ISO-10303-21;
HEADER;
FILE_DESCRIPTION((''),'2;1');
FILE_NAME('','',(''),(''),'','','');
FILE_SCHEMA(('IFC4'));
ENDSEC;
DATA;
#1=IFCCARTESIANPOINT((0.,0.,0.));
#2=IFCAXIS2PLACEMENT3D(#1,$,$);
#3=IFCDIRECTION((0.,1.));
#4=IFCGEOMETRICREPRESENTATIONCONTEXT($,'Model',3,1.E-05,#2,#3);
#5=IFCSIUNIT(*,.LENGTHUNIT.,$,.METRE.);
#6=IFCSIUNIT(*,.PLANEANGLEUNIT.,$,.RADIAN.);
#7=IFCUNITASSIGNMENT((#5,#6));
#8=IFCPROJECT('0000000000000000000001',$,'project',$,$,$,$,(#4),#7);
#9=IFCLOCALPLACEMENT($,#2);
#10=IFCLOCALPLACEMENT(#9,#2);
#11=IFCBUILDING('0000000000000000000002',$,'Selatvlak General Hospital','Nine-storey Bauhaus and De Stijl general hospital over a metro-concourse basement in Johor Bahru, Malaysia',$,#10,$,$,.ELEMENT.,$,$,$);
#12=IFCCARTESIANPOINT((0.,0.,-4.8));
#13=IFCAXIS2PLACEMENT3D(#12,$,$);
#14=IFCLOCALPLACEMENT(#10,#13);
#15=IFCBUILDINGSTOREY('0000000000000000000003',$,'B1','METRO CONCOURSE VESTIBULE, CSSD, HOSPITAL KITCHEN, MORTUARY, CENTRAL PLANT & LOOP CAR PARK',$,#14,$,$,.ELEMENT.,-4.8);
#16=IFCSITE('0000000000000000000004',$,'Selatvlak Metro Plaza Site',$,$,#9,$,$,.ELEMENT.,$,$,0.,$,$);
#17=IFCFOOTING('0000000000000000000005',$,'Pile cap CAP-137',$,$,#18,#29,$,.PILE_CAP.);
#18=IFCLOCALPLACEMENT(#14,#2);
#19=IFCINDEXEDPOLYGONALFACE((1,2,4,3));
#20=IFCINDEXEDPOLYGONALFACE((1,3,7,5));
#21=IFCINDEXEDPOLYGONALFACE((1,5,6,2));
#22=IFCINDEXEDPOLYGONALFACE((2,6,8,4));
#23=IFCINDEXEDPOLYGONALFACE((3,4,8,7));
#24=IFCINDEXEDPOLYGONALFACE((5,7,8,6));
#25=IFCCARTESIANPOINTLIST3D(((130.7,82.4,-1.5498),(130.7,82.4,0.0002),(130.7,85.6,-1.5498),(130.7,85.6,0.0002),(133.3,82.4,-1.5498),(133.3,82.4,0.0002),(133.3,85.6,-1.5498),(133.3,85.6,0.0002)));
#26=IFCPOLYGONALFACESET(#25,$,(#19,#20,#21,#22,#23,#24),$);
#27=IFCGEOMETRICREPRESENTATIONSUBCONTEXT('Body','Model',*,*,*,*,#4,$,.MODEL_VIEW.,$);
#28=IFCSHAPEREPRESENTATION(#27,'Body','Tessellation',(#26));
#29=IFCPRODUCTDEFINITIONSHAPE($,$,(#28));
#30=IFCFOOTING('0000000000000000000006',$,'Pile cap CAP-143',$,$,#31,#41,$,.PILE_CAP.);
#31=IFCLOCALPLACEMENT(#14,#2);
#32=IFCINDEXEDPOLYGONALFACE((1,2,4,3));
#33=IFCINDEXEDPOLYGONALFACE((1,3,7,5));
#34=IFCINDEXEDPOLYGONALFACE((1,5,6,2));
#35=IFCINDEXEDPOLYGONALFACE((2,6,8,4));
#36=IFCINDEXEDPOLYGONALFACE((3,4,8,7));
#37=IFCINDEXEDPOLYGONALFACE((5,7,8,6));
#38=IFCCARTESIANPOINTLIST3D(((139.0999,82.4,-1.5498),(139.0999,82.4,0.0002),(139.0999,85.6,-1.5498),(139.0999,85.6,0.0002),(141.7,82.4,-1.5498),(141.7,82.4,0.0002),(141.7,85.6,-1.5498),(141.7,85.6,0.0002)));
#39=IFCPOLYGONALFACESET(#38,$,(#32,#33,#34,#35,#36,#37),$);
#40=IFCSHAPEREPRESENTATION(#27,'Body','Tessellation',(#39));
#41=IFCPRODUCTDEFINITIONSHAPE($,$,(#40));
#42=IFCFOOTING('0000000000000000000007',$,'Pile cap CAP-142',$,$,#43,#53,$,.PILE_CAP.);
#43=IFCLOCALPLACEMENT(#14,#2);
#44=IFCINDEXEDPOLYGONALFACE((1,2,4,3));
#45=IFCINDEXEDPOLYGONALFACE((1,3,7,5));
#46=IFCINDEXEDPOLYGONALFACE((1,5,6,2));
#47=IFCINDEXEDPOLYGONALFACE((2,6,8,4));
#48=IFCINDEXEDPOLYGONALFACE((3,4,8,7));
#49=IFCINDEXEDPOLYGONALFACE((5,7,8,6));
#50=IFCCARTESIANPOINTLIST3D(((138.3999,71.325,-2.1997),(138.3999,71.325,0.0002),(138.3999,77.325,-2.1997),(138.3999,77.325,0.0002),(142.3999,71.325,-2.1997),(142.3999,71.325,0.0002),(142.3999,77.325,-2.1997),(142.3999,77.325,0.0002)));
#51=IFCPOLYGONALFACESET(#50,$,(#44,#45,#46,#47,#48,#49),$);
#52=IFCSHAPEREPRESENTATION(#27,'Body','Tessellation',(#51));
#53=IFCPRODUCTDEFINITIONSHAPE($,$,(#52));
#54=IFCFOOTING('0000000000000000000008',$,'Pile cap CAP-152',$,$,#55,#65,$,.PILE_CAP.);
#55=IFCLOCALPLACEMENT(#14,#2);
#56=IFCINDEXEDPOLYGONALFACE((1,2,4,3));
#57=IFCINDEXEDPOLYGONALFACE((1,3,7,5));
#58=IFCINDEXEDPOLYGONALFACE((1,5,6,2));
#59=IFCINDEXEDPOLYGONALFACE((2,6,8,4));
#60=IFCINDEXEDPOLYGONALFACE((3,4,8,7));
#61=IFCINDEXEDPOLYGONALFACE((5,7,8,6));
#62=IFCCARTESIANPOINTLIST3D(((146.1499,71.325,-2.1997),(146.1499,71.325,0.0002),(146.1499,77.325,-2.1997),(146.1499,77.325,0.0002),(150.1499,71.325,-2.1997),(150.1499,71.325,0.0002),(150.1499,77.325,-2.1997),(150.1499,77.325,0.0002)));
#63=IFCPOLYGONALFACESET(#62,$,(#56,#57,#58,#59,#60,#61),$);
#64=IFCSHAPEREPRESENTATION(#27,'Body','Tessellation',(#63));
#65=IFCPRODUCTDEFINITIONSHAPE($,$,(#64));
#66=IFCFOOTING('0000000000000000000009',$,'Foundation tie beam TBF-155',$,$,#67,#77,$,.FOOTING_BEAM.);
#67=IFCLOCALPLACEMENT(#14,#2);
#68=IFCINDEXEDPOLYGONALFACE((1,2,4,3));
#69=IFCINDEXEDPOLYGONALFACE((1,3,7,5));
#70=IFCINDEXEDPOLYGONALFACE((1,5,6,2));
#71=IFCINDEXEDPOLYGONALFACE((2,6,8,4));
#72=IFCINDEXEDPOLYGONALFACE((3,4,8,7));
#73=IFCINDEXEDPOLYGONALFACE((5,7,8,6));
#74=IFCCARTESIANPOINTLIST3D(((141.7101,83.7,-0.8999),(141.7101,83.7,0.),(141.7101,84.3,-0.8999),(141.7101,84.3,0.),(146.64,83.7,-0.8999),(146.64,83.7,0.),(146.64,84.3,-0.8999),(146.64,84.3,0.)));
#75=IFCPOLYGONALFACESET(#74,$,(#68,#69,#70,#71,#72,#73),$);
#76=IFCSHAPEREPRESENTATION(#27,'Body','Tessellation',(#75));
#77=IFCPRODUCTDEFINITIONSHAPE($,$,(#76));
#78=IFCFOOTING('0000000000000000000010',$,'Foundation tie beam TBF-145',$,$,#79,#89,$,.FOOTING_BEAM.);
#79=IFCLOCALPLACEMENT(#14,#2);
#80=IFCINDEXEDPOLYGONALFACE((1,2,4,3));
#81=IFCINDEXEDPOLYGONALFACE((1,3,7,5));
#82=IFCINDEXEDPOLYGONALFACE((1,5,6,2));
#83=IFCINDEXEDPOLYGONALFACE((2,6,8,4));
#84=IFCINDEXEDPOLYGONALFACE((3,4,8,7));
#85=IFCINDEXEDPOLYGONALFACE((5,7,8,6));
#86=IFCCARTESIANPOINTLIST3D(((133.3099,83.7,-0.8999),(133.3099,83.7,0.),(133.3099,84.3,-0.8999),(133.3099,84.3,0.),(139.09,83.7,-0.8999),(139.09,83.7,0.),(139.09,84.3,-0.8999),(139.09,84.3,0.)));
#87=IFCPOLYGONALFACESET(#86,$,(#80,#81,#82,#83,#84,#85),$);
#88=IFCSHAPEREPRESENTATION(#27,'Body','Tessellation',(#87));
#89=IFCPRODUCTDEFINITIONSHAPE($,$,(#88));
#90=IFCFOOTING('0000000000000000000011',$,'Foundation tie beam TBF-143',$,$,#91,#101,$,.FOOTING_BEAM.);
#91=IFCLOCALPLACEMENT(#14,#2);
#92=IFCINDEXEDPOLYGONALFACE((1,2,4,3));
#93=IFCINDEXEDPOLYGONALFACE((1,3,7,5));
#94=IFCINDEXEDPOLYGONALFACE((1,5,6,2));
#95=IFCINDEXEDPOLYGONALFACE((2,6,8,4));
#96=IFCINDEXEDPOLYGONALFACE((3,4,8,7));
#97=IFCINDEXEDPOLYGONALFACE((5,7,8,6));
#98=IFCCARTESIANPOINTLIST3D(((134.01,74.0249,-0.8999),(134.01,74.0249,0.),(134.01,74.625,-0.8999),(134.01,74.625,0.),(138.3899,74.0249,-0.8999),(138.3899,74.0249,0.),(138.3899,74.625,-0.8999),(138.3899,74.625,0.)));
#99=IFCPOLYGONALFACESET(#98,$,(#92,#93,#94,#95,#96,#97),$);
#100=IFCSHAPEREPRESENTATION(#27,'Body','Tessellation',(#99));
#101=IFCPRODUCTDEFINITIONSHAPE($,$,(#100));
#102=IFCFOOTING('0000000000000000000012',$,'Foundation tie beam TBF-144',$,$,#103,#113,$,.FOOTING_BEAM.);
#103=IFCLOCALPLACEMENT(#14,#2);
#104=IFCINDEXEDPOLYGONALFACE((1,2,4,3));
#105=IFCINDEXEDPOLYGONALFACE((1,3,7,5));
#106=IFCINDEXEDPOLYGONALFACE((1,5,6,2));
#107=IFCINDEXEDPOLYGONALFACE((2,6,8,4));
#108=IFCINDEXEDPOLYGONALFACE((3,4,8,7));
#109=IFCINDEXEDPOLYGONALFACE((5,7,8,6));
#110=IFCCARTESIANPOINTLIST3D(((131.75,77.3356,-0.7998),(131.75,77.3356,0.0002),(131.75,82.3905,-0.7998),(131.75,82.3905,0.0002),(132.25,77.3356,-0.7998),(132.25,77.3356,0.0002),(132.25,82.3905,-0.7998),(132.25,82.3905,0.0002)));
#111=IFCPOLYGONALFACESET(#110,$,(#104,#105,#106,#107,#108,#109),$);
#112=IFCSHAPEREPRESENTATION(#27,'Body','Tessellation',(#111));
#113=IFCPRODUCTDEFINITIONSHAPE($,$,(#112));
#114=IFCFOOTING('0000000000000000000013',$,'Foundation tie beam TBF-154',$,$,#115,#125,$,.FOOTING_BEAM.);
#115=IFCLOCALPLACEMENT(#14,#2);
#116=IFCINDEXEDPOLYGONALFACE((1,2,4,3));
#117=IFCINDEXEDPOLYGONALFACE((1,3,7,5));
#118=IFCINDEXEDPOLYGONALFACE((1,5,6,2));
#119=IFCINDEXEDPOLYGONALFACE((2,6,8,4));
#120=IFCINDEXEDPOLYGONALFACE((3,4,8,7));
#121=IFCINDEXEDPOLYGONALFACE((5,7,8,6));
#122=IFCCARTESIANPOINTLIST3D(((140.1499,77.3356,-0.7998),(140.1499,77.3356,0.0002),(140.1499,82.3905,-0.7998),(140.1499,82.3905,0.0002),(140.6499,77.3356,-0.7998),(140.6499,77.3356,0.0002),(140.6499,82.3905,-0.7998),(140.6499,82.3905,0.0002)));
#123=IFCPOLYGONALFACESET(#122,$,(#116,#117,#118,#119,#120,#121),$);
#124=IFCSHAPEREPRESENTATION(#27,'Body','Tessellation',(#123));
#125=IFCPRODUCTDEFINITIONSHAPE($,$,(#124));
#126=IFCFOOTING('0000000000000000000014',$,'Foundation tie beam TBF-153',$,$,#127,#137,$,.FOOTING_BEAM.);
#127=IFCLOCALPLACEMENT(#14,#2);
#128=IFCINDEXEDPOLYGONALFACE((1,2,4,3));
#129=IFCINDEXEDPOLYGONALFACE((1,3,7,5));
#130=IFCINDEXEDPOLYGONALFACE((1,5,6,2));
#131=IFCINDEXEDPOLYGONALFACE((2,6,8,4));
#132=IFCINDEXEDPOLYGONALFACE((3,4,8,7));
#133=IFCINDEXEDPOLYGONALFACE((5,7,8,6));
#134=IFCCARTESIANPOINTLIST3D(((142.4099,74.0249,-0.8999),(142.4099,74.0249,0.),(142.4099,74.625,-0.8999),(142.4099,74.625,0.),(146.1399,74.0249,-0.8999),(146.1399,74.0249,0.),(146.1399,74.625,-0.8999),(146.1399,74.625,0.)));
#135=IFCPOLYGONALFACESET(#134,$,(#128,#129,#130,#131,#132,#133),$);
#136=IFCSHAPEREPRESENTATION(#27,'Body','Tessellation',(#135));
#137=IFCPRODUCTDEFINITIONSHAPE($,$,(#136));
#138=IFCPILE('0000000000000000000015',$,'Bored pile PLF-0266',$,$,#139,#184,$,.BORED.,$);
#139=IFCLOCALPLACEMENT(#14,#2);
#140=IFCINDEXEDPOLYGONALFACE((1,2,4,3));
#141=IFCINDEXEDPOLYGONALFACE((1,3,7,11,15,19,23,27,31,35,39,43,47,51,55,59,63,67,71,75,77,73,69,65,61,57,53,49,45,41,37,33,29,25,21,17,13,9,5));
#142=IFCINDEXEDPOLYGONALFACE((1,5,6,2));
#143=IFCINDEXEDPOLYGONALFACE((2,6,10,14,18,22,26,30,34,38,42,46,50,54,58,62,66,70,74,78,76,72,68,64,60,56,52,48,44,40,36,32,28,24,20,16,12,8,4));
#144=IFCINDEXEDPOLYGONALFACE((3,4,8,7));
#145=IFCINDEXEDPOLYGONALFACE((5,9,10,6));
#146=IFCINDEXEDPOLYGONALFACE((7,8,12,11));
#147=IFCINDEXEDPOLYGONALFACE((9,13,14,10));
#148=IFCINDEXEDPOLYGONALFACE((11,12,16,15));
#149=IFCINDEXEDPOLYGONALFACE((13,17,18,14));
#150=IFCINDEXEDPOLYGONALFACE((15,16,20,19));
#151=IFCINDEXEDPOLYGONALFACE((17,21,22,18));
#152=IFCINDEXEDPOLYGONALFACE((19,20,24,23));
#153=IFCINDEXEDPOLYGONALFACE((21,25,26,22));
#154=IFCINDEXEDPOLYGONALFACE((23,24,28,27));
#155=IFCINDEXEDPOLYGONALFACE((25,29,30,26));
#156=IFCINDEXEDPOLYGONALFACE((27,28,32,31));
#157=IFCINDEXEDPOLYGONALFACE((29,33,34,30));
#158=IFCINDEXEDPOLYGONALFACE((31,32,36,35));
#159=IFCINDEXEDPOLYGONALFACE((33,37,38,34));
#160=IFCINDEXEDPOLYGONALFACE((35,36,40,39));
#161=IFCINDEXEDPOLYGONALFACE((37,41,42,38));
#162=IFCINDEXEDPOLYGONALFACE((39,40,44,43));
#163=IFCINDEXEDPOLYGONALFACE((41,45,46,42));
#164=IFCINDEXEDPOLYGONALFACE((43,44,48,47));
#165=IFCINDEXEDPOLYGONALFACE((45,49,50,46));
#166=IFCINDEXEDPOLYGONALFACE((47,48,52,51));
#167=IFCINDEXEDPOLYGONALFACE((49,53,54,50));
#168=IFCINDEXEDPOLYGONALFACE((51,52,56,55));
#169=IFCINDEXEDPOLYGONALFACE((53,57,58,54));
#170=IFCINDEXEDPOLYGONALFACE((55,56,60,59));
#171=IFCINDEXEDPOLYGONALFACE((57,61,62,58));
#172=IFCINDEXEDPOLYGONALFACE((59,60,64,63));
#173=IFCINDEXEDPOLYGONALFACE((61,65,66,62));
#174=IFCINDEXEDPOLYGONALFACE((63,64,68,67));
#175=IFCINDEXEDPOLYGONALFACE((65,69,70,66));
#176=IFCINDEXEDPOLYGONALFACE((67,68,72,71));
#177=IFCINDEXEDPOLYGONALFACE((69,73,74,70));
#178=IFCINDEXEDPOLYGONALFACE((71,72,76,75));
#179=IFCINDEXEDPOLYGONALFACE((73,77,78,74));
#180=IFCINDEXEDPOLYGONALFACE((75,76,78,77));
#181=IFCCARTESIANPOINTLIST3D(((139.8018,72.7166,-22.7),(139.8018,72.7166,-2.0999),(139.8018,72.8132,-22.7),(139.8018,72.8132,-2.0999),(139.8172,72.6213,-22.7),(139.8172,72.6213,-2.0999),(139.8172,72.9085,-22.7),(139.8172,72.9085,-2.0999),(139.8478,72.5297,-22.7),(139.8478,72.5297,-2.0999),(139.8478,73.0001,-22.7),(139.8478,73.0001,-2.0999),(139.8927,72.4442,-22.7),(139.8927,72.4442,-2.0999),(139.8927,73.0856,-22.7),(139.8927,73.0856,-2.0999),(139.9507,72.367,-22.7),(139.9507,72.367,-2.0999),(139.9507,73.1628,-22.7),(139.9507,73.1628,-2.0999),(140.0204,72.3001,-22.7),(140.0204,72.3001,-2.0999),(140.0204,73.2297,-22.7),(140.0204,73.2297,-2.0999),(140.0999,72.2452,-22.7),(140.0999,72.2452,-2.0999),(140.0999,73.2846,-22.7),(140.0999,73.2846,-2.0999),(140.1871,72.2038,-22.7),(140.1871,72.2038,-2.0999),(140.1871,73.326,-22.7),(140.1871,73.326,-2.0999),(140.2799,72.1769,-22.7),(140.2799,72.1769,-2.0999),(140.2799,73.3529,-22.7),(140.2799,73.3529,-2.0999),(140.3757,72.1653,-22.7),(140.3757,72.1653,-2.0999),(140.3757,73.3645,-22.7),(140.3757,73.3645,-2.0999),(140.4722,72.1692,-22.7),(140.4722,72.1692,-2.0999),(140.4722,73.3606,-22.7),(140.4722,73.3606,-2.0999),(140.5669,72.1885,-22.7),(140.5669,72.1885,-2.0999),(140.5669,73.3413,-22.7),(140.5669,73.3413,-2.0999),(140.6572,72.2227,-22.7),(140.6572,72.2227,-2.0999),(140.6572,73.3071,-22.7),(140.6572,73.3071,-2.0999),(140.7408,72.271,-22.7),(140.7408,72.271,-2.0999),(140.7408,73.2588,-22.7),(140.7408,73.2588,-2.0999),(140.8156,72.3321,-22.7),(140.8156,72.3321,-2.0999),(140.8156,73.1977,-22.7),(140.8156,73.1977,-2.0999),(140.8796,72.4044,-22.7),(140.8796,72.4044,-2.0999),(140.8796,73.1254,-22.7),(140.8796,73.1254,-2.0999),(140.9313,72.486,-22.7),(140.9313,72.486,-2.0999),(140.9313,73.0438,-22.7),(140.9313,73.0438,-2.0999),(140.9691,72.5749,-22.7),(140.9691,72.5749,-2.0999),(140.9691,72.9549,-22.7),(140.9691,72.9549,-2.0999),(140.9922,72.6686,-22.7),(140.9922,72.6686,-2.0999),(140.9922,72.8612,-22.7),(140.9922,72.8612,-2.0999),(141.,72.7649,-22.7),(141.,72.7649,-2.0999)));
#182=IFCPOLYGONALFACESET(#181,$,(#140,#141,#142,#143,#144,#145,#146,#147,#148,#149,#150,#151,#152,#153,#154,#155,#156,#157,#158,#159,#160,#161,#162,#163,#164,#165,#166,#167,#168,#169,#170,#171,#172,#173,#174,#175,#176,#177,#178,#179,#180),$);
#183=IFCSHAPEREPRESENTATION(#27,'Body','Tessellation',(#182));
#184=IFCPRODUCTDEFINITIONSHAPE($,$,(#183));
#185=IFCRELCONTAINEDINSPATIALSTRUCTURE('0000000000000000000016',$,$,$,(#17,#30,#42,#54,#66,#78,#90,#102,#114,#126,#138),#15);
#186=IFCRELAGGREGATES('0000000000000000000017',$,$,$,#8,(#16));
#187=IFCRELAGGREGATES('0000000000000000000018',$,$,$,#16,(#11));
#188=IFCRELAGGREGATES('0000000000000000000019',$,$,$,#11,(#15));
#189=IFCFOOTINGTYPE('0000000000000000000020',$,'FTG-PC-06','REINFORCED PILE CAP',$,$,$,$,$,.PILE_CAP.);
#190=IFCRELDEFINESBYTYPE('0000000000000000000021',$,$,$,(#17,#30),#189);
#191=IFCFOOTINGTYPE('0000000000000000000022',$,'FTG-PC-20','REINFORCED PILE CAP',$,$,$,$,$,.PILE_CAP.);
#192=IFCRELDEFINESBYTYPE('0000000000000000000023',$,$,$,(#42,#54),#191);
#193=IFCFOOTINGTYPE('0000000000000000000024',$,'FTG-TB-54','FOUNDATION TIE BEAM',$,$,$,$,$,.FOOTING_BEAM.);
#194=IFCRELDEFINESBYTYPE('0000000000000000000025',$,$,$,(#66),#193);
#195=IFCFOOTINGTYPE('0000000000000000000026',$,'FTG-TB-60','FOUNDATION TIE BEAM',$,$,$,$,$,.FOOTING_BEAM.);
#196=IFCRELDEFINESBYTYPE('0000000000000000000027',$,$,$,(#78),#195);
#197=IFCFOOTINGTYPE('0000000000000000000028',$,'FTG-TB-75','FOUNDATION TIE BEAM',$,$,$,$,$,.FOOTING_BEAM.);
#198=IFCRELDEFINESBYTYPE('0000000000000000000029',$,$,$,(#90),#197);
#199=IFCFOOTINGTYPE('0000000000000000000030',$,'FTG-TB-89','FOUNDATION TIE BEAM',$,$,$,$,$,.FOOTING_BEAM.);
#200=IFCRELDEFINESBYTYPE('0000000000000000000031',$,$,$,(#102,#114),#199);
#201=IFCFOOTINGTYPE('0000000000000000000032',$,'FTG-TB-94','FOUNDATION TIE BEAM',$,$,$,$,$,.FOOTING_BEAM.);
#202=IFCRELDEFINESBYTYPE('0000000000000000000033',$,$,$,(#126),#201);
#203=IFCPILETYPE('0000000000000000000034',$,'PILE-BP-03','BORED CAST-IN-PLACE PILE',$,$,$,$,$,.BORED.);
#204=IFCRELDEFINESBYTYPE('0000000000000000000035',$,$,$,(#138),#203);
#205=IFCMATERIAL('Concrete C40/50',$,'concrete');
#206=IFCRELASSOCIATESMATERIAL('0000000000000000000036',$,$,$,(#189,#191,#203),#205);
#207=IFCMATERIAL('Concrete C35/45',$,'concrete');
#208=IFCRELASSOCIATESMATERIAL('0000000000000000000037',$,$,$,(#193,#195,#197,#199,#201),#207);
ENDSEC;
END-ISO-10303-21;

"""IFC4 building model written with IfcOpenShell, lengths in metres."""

from ifc_helpers import new_model, si_unit, direction, frame, origin, origin_2d, place, context, subcontext, project, spatial, rectangle, circle, extrude, material, material_profile, profile_set, type_object, element, save


model = new_model("IFC4")

# Units and contexts
model_context = context("Model", 3, precision=1e-05, world=origin(), true_north=direction((0.0, 1.0)))
body_context = subcontext(model_context, "Body", "Model", "MODEL_VIEW")
ifc_project = project(units=[si_unit("LENGTHUNIT", "METRE"), si_unit("PLANEANGLEUNIT", "RADIAN")], contexts=[model_context])

# Site, building, storey
site_placement = place(None, origin())
site = spatial("IfcSite", under=ifc_project, at=site_placement, Name="Selatvlak Metro Plaza Site", CompositionType="ELEMENT", RefElevation=0.0)
building_placement = place(site_placement, origin())
building = spatial("IfcBuilding", under=site, at=building_placement, Name="Selatvlak General Hospital", Description="Nine-storey Bauhaus and De Stijl general hospital over a metro-concourse basement in Johor Bahru, Malaysia", CompositionType="ELEMENT")
storey_placement = place(building_placement, frame((0.0, 0.0, -4.8)))
storey = spatial("IfcBuildingStorey", under=building, at=storey_placement, Name="B1", Description="METRO CONCOURSE VESTIBULE, CSSD, HOSPITAL KITCHEN, MORTUARY, CENTRAL PLANT & LOOP CAR PARK", CompositionType="ELEMENT", Elevation=-4.8)

# Footings
ifc_material_1 = material(Name="Concrete C40/50", Category="concrete")
footing_type_1 = type_object("IfcFootingType", Name="FTG-PC-06", Description="REINFORCED PILE CAP", PredefinedType="PILE_CAP", material=ifc_material_1)
for number, where, z_axis, x_axis, name in (
    (1, (132.0, 84.0, -1.5498), (0.0, 0.0, 1.0), (1.0, 0.0, 0.0), "Pile cap CAP-137"),
    (2, (140.3999, 84.0, -1.5498), (0.0, 0.0, 1.0), (1.0, 0.0, 0.0), "Pile cap CAP-143"),
):
    element("IfcFooting", number, at=place(storey_placement, frame(where, z_axis=z_axis, x_axis=x_axis)), inside=storey, type_object=footing_type_1, Name=name, PredefinedType="PILE_CAP", context=body_context, shape_type="SweptSolid", body=[
        extrude(rectangle(XDim=2.6001, YDim=3.2, at=origin_2d()), origin(), (0.0, 0.0, 1.0), 1.55),
    ])
footing_type_2 = type_object("IfcFootingType", Name="FTG-PC-20", Description="REINFORCED PILE CAP", PredefinedType="PILE_CAP", material=ifc_material_1)
for number, where, z_axis, x_axis, name in (
    (3, (140.3999, 74.325, -2.1997), (0.0, 0.0, 1.0), (1.0, 0.0, 0.0), "Pile cap CAP-142"),
    (4, (148.1499, 74.325, -2.1997), (0.0, 0.0, 1.0), (1.0, 0.0, 0.0), "Pile cap CAP-152"),
):
    element("IfcFooting", number, at=place(storey_placement, frame(where, z_axis=z_axis, x_axis=x_axis)), inside=storey, type_object=footing_type_2, Name=name, PredefinedType="PILE_CAP", context=body_context, shape_type="SweptSolid", body=[
        extrude(rectangle(XDim=4.0, YDim=6.0, at=origin_2d()), origin(), (0.0, 0.0, 1.0), 2.2),
    ])
ifc_material_2 = material(Name="Concrete C35/45", Category="concrete")
footing_type_3 = type_object("IfcFootingType", Name="FTG-TB-54", Description="FOUNDATION TIE BEAM", PredefinedType="FOOTING_BEAM", material=ifc_material_2)
footing_1_placement = place(storey_placement, frame((144.175, 84.0, -0.8999), z_axis=(0.0, 0.0, 1.0), x_axis=(1.0, 0.0, 0.0)))
element("IfcFooting", 5, at=footing_1_placement, inside=storey, type_object=footing_type_3, Name="Foundation tie beam TBF-155", PredefinedType="FOOTING_BEAM", context=body_context, shape_type="SweptSolid", body=[
    extrude(rectangle(XDim=4.9299, YDim=0.6001, at=origin_2d()), origin(), (0.0, 0.0, 1.0), 0.8999),
])
footing_type_4 = type_object("IfcFootingType", Name="FTG-TB-60", Description="FOUNDATION TIE BEAM", PredefinedType="FOOTING_BEAM", material=ifc_material_2)
footing_2_placement = place(storey_placement, frame((136.2, 84.0, -0.8999), z_axis=(0.0, 0.0, 1.0), x_axis=(1.0, 0.0, 0.0)))
element("IfcFooting", 6, at=footing_2_placement, inside=storey, type_object=footing_type_4, Name="Foundation tie beam TBF-145", PredefinedType="FOOTING_BEAM", context=body_context, shape_type="SweptSolid", body=[
    extrude(rectangle(XDim=5.78, YDim=0.6001, at=origin_2d()), origin(), (0.0, 0.0, 1.0), 0.8999),
])
footing_type_5 = type_object("IfcFootingType", Name="FTG-TB-75", Description="FOUNDATION TIE BEAM", PredefinedType="FOOTING_BEAM", material=ifc_material_2)
footing_3_placement = place(storey_placement, frame((136.2, 74.325, -0.8999), z_axis=(0.0, 0.0, 1.0), x_axis=(1.0, 0.0, 0.0)))
element("IfcFooting", 7, at=footing_3_placement, inside=storey, type_object=footing_type_5, Name="Foundation tie beam TBF-143", PredefinedType="FOOTING_BEAM", context=body_context, shape_type="SweptSolid", body=[
    extrude(rectangle(XDim=4.3799, YDim=0.6001, at=origin_2d()), origin(), (0.0, 0.0, 1.0), 0.8999),
])
footing_type_6 = type_object("IfcFootingType", Name="FTG-TB-89", Description="FOUNDATION TIE BEAM", PredefinedType="FOOTING_BEAM", material=ifc_material_2)
for number, where, z_axis, x_axis, name in (
    (8, (132.0, 79.863, -0.7998), (0.0, 0.0, 1.0), (0.0, 1.0, 0.0), "Foundation tie beam TBF-144"),
    (9, (140.3999, 79.863, -0.7998), (0.0, 0.0, 1.0), (0.0, 1.0, 0.0), "Foundation tie beam TBF-154"),
):
    element("IfcFooting", number, at=place(storey_placement, frame(where, z_axis=z_axis, x_axis=x_axis)), inside=storey, type_object=footing_type_6, Name=name, PredefinedType="FOOTING_BEAM", context=body_context, shape_type="SweptSolid", body=[
        extrude(rectangle(XDim=5.0549, YDim=0.5, at=origin_2d()), origin(), (0.0, 0.0, 1.0), 0.8),
    ])
footing_type_7 = type_object("IfcFootingType", Name="FTG-TB-94", Description="FOUNDATION TIE BEAM", PredefinedType="FOOTING_BEAM", material=ifc_material_2)
footing_4_placement = place(storey_placement, frame((144.2749, 74.325, -0.8999), z_axis=(0.0, 0.0, 1.0), x_axis=(1.0, 0.0, 0.0)))
element("IfcFooting", 10, at=footing_4_placement, inside=storey, type_object=footing_type_7, Name="Foundation tie beam TBF-153", PredefinedType="FOOTING_BEAM", context=body_context, shape_type="SweptSolid", body=[
    extrude(rectangle(XDim=3.73, YDim=0.6001, at=origin_2d()), origin(), (0.0, 0.0, 1.0), 0.8999),
])

# Pile
ifc_material_profile_1 = material_profile(ifc_material_1, circle(Radius=0.6001, at=origin_2d()), Name="BORED PILE 1200")
ifc_profile_set_1 = profile_set([ifc_material_profile_1], Name="Concrete C40/50")
pile_type_1 = type_object("IfcPileType", Name="PILE-BP-03", Description="BORED CAST-IN-PLACE PILE", PredefinedType="BORED", material=ifc_profile_set_1)
for number, where, z_axis, x_axis, name in (
    (11, (140.3999, 72.7649, -2.0999), (0.0, 0.0, -1.0), (1.0, 0.0, 0.0), "Bored pile PLF-0266"),
):
    element("IfcPile", number, at=place(storey_placement, frame(where, z_axis=z_axis, x_axis=x_axis)), inside=storey, type_object=pile_type_1, Name=name, PredefinedType="BORED", context=body_context, shape_type="SweptSolid", body=[
        extrude(circle(Radius=0.6001, at=origin_2d()), origin(), (0.0, 0.0, 1.0), 20.6001),
    ])

save(model, "model.ifc")
